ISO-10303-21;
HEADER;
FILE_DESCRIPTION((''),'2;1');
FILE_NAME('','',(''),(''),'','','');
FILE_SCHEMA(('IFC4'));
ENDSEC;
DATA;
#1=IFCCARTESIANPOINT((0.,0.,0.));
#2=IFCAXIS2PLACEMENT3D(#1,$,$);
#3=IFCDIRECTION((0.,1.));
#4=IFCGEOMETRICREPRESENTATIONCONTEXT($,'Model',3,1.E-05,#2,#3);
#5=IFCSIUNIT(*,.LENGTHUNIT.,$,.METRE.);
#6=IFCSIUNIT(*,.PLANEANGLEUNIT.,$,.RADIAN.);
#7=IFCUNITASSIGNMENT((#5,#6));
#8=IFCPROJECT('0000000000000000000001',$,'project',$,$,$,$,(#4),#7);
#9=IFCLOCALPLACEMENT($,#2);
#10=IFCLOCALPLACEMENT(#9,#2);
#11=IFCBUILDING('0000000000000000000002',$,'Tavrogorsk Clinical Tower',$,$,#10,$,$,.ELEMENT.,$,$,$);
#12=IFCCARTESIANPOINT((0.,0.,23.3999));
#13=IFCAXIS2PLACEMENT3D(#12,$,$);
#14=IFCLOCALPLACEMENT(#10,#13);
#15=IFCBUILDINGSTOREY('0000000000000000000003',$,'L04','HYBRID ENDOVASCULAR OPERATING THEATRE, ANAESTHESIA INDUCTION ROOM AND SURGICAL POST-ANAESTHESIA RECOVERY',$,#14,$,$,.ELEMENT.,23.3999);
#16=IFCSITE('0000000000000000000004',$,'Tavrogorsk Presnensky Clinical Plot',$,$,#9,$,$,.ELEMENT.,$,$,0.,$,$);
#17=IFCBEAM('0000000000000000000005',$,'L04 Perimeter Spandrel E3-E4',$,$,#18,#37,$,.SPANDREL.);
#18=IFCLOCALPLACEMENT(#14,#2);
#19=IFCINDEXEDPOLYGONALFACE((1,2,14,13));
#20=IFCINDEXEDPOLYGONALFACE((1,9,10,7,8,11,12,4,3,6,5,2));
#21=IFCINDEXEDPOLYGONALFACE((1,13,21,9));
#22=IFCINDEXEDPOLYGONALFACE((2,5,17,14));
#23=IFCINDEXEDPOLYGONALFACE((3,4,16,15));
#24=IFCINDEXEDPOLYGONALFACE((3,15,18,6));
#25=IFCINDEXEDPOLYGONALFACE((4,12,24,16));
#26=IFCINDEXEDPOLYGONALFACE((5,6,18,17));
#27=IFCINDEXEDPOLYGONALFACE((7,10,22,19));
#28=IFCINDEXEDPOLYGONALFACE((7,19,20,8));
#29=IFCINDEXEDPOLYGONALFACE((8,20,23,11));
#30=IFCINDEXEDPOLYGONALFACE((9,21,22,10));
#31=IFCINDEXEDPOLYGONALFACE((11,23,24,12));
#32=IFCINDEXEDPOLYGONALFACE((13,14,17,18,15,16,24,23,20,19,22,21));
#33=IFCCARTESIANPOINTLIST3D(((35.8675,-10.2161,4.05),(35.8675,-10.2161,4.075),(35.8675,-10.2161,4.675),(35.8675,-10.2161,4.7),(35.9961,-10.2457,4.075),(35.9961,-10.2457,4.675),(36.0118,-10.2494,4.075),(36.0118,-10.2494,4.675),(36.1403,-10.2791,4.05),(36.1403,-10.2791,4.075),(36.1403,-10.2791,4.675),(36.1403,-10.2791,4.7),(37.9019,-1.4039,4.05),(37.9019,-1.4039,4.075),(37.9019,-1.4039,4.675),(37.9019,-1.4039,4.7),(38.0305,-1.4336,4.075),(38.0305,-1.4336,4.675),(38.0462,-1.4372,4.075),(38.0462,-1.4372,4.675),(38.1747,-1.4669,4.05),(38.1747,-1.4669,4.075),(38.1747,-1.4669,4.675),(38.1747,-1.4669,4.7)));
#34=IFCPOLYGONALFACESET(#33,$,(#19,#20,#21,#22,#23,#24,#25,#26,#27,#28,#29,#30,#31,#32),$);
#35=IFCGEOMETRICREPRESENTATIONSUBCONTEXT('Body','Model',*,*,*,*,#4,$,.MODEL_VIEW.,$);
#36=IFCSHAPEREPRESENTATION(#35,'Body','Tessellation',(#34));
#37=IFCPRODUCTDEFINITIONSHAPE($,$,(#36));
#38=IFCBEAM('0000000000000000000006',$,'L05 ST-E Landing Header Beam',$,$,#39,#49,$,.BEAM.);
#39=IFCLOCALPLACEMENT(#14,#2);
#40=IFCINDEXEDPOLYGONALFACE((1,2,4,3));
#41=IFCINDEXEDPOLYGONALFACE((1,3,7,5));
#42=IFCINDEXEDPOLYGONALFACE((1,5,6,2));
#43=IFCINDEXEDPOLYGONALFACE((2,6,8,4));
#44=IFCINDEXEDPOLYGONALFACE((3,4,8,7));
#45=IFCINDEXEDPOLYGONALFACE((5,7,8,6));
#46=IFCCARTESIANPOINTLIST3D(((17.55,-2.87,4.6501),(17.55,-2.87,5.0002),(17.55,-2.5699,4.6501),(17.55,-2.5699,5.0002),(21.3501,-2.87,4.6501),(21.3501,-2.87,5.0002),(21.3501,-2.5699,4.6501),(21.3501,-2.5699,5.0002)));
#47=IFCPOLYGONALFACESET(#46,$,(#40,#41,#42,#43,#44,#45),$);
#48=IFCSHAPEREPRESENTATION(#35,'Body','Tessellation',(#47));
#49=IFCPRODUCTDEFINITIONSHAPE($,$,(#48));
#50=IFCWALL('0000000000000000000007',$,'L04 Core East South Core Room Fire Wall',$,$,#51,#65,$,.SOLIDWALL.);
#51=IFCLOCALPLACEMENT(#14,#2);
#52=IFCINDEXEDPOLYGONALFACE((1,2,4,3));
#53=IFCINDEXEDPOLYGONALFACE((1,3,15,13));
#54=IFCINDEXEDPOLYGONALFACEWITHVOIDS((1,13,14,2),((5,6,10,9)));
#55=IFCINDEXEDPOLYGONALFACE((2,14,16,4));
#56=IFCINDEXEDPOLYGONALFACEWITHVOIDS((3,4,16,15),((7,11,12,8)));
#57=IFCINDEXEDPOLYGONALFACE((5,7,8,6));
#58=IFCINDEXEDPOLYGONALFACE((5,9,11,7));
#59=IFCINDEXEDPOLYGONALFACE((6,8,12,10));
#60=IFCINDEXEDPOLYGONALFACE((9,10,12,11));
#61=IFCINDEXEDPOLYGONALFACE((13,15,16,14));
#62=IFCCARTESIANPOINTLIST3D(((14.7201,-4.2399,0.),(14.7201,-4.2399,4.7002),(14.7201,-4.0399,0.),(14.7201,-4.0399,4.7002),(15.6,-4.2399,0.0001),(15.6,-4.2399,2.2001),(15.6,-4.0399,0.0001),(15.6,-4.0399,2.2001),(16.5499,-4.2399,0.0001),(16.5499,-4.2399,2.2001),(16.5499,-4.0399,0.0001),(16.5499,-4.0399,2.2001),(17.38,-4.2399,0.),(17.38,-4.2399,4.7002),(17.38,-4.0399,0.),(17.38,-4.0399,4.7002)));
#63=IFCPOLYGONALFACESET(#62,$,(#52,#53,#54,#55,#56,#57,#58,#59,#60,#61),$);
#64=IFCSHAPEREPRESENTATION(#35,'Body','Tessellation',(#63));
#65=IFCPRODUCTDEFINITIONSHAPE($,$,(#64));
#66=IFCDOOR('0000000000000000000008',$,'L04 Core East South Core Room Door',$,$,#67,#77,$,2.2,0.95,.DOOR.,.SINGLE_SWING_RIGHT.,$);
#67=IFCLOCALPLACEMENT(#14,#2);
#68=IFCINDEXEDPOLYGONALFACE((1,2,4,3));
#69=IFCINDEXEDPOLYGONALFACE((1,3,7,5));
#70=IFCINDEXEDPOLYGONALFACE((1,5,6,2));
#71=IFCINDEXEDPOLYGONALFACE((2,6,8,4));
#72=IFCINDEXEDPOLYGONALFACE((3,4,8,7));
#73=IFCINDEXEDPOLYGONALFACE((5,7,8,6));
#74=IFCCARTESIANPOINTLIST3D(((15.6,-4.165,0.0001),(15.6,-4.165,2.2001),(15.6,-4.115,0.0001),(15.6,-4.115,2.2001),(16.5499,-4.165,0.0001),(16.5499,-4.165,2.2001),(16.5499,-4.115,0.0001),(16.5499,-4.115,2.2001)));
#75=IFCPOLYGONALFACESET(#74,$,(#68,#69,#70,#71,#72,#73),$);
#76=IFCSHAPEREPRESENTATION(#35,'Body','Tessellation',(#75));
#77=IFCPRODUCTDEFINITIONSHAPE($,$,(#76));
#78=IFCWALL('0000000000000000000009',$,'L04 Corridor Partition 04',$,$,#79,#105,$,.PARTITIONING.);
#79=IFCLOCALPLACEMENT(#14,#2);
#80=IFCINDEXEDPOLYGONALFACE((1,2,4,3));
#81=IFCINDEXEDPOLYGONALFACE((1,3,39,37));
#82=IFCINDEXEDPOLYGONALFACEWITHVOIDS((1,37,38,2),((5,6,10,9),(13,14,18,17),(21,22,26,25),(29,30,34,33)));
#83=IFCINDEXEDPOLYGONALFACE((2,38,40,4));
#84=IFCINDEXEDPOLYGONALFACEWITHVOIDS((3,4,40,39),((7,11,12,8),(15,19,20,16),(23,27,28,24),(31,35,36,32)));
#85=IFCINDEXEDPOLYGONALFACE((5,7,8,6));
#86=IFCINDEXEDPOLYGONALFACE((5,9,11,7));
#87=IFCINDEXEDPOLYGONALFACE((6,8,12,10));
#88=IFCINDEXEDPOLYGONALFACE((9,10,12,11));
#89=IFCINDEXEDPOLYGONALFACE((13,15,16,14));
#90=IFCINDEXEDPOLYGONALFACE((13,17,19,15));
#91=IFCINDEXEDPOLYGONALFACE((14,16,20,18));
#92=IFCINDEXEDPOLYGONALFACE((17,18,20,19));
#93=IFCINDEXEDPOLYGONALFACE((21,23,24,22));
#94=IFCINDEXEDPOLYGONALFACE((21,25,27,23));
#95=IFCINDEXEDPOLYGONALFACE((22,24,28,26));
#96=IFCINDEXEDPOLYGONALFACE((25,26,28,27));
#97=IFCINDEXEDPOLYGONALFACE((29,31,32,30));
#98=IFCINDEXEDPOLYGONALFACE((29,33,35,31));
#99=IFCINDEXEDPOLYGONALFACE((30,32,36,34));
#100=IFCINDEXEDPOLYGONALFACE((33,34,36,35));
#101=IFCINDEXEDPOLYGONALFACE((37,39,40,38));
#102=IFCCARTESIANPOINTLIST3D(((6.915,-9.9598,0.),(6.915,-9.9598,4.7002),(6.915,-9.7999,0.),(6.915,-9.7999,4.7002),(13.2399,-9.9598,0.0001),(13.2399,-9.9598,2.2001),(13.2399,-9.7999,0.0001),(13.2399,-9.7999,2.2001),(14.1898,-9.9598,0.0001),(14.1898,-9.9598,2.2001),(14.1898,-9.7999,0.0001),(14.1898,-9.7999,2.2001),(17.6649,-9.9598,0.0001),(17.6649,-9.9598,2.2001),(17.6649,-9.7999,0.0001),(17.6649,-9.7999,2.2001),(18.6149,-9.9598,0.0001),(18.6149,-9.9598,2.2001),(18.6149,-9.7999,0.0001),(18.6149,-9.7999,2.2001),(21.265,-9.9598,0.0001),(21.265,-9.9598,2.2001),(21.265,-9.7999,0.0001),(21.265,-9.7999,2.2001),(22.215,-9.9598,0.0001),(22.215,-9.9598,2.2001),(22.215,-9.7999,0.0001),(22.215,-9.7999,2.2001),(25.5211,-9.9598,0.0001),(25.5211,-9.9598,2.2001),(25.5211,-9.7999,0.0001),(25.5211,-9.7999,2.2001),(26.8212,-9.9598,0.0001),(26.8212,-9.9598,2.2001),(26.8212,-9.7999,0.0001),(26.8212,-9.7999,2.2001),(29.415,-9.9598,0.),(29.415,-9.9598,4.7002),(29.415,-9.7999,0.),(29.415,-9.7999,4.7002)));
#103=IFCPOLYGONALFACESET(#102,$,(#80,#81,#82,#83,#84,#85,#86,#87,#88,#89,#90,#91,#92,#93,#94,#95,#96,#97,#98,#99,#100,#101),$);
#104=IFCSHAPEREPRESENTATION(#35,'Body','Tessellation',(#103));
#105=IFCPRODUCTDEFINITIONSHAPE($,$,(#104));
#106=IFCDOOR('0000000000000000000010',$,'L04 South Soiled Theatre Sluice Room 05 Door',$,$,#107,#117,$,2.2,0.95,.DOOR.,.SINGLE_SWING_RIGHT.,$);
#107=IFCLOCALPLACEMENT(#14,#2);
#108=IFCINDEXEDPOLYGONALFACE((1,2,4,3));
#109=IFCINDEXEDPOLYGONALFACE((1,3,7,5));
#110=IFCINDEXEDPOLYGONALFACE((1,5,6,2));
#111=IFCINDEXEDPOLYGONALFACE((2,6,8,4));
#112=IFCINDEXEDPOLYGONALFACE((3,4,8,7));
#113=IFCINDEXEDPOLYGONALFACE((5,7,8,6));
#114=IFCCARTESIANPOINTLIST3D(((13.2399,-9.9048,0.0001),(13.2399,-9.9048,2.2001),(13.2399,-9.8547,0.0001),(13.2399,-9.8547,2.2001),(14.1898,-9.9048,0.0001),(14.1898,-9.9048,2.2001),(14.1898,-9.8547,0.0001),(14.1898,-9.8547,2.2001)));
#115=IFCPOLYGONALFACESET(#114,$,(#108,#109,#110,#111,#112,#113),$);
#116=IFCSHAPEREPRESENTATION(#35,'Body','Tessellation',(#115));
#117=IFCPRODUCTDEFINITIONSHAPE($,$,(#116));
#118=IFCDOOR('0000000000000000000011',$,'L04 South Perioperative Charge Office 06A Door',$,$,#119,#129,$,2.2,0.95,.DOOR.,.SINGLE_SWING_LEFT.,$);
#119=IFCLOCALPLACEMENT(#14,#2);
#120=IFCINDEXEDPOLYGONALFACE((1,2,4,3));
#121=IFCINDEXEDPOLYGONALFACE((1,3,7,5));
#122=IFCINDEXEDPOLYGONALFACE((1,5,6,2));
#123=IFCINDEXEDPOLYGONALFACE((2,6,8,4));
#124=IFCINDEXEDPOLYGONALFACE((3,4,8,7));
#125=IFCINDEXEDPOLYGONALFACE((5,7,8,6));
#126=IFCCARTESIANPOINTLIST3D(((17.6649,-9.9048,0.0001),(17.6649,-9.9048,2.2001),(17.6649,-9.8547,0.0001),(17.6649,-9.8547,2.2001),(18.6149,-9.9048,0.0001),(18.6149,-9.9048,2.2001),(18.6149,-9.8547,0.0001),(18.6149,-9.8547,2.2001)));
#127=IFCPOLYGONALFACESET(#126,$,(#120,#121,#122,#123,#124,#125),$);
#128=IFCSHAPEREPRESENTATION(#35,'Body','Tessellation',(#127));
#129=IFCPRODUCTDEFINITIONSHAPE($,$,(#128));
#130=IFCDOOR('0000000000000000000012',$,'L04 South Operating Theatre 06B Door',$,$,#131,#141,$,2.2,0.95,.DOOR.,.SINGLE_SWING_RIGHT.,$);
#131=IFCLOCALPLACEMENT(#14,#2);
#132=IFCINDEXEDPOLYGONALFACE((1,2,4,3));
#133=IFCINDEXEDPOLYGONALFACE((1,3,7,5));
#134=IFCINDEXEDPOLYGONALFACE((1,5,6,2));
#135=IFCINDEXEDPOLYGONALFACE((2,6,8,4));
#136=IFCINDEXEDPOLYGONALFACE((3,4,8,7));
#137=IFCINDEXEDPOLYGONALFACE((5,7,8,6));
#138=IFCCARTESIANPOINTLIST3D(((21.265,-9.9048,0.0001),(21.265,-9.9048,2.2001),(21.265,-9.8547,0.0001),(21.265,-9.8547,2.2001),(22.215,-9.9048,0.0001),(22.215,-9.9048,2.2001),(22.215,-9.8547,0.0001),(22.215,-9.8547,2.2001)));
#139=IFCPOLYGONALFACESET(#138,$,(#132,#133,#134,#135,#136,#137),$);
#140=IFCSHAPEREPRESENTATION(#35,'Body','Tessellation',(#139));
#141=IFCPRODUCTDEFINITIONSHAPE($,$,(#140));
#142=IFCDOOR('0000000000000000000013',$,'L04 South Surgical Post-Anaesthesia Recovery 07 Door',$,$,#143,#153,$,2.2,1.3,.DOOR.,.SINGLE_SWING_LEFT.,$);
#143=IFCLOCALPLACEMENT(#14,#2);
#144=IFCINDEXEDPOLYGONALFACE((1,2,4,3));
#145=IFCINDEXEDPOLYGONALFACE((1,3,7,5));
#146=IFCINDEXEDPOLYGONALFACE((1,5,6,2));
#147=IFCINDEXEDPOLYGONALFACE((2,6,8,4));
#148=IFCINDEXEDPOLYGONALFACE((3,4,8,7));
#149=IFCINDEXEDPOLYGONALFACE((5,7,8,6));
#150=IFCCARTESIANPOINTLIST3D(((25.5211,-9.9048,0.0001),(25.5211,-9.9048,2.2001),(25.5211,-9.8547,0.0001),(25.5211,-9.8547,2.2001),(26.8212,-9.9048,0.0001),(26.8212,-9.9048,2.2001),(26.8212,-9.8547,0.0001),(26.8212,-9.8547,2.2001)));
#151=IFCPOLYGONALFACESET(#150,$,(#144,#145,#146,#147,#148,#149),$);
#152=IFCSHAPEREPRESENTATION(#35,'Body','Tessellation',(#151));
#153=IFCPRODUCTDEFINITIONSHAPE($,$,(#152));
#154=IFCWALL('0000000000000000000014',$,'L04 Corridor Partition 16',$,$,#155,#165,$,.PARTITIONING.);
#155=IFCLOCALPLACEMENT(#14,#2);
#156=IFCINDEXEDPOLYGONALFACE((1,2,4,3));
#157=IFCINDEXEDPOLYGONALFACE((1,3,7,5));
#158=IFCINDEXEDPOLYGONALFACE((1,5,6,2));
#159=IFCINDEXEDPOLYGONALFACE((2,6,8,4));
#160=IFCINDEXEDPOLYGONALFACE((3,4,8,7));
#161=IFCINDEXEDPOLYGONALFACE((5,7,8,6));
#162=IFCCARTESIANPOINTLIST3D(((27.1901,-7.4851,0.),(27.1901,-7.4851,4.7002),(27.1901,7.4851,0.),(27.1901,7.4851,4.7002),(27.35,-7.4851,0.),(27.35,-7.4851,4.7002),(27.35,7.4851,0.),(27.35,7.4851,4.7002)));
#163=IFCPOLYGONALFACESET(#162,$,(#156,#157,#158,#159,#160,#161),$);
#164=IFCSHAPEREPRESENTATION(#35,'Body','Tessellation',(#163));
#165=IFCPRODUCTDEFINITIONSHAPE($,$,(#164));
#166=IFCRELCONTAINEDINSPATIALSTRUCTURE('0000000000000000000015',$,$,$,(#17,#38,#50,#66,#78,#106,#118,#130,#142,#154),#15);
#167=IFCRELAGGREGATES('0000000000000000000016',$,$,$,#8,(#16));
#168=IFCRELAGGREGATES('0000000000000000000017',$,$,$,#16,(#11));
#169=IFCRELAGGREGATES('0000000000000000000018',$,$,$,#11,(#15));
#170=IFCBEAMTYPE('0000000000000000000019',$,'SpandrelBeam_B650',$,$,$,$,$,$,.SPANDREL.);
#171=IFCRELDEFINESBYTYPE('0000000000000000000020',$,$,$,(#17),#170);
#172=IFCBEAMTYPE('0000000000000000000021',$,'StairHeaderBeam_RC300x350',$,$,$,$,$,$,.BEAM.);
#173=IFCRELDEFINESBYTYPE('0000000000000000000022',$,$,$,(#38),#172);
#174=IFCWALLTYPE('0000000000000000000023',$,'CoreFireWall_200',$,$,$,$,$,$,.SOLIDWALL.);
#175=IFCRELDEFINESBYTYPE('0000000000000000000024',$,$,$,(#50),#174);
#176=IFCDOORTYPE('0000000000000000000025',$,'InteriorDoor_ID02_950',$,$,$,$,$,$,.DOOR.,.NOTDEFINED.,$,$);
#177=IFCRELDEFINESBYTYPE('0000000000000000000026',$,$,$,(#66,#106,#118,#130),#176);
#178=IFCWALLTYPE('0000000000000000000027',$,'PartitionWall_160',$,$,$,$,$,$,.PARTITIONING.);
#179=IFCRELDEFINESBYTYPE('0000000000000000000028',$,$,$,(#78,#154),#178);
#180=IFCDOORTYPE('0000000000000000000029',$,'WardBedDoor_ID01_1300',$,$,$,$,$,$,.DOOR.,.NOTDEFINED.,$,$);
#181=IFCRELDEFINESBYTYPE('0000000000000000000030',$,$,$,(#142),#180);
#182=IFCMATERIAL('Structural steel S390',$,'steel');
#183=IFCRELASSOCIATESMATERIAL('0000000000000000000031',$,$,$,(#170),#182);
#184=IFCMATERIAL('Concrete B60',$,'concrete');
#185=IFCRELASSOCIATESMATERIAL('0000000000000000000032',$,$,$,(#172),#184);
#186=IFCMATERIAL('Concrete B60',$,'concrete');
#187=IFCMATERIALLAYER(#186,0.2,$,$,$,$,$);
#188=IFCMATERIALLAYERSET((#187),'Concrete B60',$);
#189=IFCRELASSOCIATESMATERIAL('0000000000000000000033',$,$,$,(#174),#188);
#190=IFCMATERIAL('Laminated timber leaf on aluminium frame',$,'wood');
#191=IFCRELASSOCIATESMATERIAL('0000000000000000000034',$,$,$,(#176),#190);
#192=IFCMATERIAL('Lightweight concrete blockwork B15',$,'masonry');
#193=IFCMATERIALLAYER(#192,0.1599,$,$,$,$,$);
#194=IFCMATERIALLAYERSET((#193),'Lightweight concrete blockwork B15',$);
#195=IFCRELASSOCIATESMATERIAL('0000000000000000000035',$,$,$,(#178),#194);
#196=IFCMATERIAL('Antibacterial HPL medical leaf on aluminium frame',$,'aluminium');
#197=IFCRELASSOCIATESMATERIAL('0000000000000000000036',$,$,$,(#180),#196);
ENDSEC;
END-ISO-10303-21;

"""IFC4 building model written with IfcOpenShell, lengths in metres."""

from ifc_helpers import new_model, si_unit, direction, frame, frame_2d, origin, origin_2d, place, context, subcontext, project, spatial, rectangle, i_section, extrude, material, layer, layer_set, material_profile, profile_set, type_object, element, fill, save


model = new_model("IFC4")

# Units and contexts
model_context = context("Model", 3, precision=1e-05, world=origin(), true_north=direction((0.0, 1.0)))
body_context = subcontext(model_context, "Body", "Model", "MODEL_VIEW")
ifc_project = project(units=[si_unit("LENGTHUNIT", "METRE"), si_unit("PLANEANGLEUNIT", "RADIAN")], contexts=[model_context])

# Site, building, storey
site_placement = place(None, origin())
site = spatial("IfcSite", under=ifc_project, at=site_placement, Name="Tavrogorsk Presnensky Clinical Plot", CompositionType="ELEMENT", RefElevation=0.0)
building_placement = place(site_placement, origin())
building = spatial("IfcBuilding", under=site, at=building_placement, Name="Tavrogorsk Clinical Tower", CompositionType="ELEMENT")
storey_placement = place(building_placement, frame((0.0, 0.0, 23.3999)))
storey = spatial("IfcBuildingStorey", under=building, at=storey_placement, Name="L04", Description="HYBRID ENDOVASCULAR OPERATING THEATRE, ANAESTHESIA INDUCTION ROOM AND SURGICAL POST-ANAESTHESIA RECOVERY", CompositionType="ELEMENT", Elevation=23.3999)

# Beams
ifc_material_1 = material(Name="Structural steel S390", Category="steel")
ifc_material_profile_1 = material_profile(ifc_material_1, i_section(OverallWidth=0.28, OverallDepth=0.6499, WebThickness=0.0161, FlangeThickness=0.0249, at=origin_2d()), Name="B-650x280x16x25")
ifc_profile_set_1 = profile_set([ifc_material_profile_1], Name="Structural steel S390")
beam_type_1 = type_object("IfcBeamType", Name="SpandrelBeam_B650", PredefinedType="SPANDREL", material=ifc_profile_set_1)
beam_1_placement = place(storey_placement, frame((36.0039, -10.2476, 4.375), z_axis=(0.224946, 0.974371, 0.0), x_axis=(-0.974371, 0.224946, 0.0)))
element("IfcBeam", 1, at=beam_1_placement, inside=storey, type_object=beam_type_1, Name="L04 Perimeter Spandrel E3-E4", PredefinedType="SPANDREL", context=body_context, shape_type="SweptSolid", body=[
    extrude(i_section(OverallWidth=0.28, OverallDepth=0.6499, WebThickness=0.0161, FlangeThickness=0.0249, at=origin_2d()), origin(), (0.0, 0.0, 1.0), 9.0439),
])
ifc_material_2 = material(Name="Concrete B60", Category="concrete")
ifc_material_profile_2 = material_profile(ifc_material_2, rectangle(XDim=0.3, YDim=0.3501, at=origin_2d()), Name="RC-SHB-300x350")
ifc_profile_set_2 = profile_set([ifc_material_profile_2], Name="Concrete B60")
beam_type_2 = type_object("IfcBeamType", Name="StairHeaderBeam_RC300x350", PredefinedType="BEAM", material=ifc_profile_set_2)
beam_2_placement = place(storey_placement, frame((17.55, -2.72, 4.8252), z_axis=(1.0, 0.0, 0.0), x_axis=(0.0, 1.0, 0.0)))
element("IfcBeam", 2, at=beam_2_placement, inside=storey, type_object=beam_type_2, Name="L05 ST-E Landing Header Beam", PredefinedType="BEAM", context=body_context, shape_type="SweptSolid", body=[
    extrude(rectangle(XDim=0.3, YDim=0.3501, at=origin_2d()), origin(), (0.0, 0.0, 1.0), 3.8),
])

# Wall, opening, door
ifc_material_3 = material(Name="Concrete B60", Category="concrete")
ifc_layer_1 = layer(ifc_material_3, 0.2)
ifc_layer_set_1 = layer_set([ifc_layer_1], Name="Concrete B60")
wall_type_1 = type_object("IfcWallType", Name="CoreFireWall_200", PredefinedType="SOLIDWALL", material=ifc_layer_set_1)
wall_1_placement = place(storey_placement, frame((14.72, -4.1399, 0.0), z_axis=(0.0, 0.0, 1.0), x_axis=(1.0, 0.0, 0.0)))
wall_1 = element("IfcWall", 3, at=wall_1_placement, inside=storey, type_object=wall_type_1, Name="L04 Core East South Core Room Fire Wall", PredefinedType="SOLIDWALL", context=body_context, shape_type="SweptSolid", body=[
    extrude(rectangle(XDim=2.6599, YDim=0.2, at=frame_2d((1.3301, 0.0))), origin(), (0.0, 0.0, 1.0), 4.7002),
])
opening_1_placement = place(wall_1_placement, frame((0.8799, 0.0, 0.0)))
opening_1 = element("IfcOpeningElement", 4, at=opening_1_placement, cuts=wall_1, PredefinedType="OPENING", context=body_context, shape_type="SweptSolid", body=[
    extrude(rectangle(XDim=0.95, YDim=2.2, at=frame_2d((0.4751, 1.1001))), frame((0.0, 0.1099, 0.0), z_axis=(0.0, -1.0, 0.0), x_axis=(1.0, 0.0, 0.0)), (0.0, 0.0, 1.0), 0.22),
])
ifc_material_4 = material(Name="Laminated timber leaf on aluminium frame", Category="wood")
door_type_1 = type_object("IfcDoorType", Name="InteriorDoor_ID02_950", OperationType="NOTDEFINED", PredefinedType="DOOR", material=ifc_material_4)
door_1_placement = place(opening_1_placement, origin())
door_1 = element("IfcDoor", 5, at=door_1_placement, inside=storey, type_object=door_type_1, Name="L04 Core East South Core Room Door", OperationType="SINGLE_SWING_RIGHT", OverallHeight=2.2, OverallWidth=0.95, PredefinedType="DOOR", context=body_context, shape_type="SweptSolid", body=[
    extrude(rectangle(XDim=0.95, YDim=2.2, at=frame_2d((0.4751, 1.1001))), frame((0.0, 0.0249, 0.0), z_axis=(0.0, -1.0, 0.0), x_axis=(1.0, 0.0, 0.0)), (0.0, 0.0, 1.0), 0.05),
])
fill(opening_1, door_1)

# Wall, openings, doors
ifc_material_5 = material(Name="Lightweight concrete blockwork B15", Category="masonry")
ifc_layer_2 = layer(ifc_material_5, 0.1599)
ifc_layer_set_2 = layer_set([ifc_layer_2], Name="Lightweight concrete blockwork B15")
wall_type_2 = type_object("IfcWallType", Name="PartitionWall_160", PredefinedType="PARTITIONING", material=ifc_layer_set_2)
wall_2_placement = place(storey_placement, frame((29.415, -9.8799, 0.0), z_axis=(0.0, 0.0, 1.0), x_axis=(-1.0, 0.0, 0.0)))
wall_2 = element("IfcWall", 6, at=wall_2_placement, inside=storey, type_object=wall_type_2, Name="L04 Corridor Partition 04", PredefinedType="PARTITIONING", context=body_context, shape_type="SweptSolid", body=[
    extrude(rectangle(XDim=22.5, YDim=0.1599, at=frame_2d((11.25, 0.0))), origin(), (0.0, 0.0, 1.0), 4.7002),
])
opening_2_placement = place(wall_2_placement, frame((15.2251, 0.0, 0.0)))
opening_2 = element("IfcOpeningElement", 7, at=opening_2_placement, cuts=wall_2, PredefinedType="OPENING", context=body_context, shape_type="SweptSolid", body=[
    extrude(rectangle(XDim=0.95, YDim=2.2, at=frame_2d((0.4751, 1.1001))), frame((0.0, 0.0898, 0.0), z_axis=(0.0, -1.0, 0.0), x_axis=(1.0, 0.0, 0.0)), (0.0, 0.0, 1.0), 0.1799),
])
opening_3_placement = place(wall_2_placement, frame((10.8, 0.0, 0.0)))
opening_3 = element("IfcOpeningElement", 8, at=opening_3_placement, cuts=wall_2, PredefinedType="OPENING", context=body_context, shape_type="SweptSolid", body=[
    extrude(rectangle(XDim=0.95, YDim=2.2, at=frame_2d((0.4751, 1.1001))), frame((0.0, 0.0898, 0.0), z_axis=(0.0, -1.0, 0.0), x_axis=(1.0, 0.0, 0.0)), (0.0, 0.0, 1.0), 0.1799),
])
opening_4_placement = place(wall_2_placement, frame((7.2, 0.0, 0.0)))
opening_4 = element("IfcOpeningElement", 9, at=opening_4_placement, cuts=wall_2, PredefinedType="OPENING", context=body_context, shape_type="SweptSolid", body=[
    extrude(rectangle(XDim=0.95, YDim=2.2, at=frame_2d((0.4751, 1.1001))), frame((0.0, 0.0898, 0.0), z_axis=(0.0, -1.0, 0.0), x_axis=(1.0, 0.0, 0.0)), (0.0, 0.0, 1.0), 0.1799),
])
opening_5_placement = place(wall_2_placement, frame((2.594, 0.0, 0.0)))
opening_5 = element("IfcOpeningElement", 10, at=opening_5_placement, cuts=wall_2, PredefinedType="OPENING", context=body_context, shape_type="SweptSolid", body=[
    extrude(rectangle(XDim=1.3, YDim=2.2, at=frame_2d((0.6499, 1.1001))), frame((0.0, 0.0898, 0.0), z_axis=(0.0, -1.0, 0.0), x_axis=(1.0, 0.0, 0.0)), (0.0, 0.0, 1.0), 0.1799),
])
door_2_placement = place(opening_2_placement, origin())
door_2 = element("IfcDoor", 11, at=door_2_placement, inside=storey, type_object=door_type_1, Name="L04 South Soiled Theatre Sluice Room 05 Door", OperationType="SINGLE_SWING_RIGHT", OverallHeight=2.2, OverallWidth=0.95, PredefinedType="DOOR", context=body_context, shape_type="SweptSolid", body=[
    extrude(rectangle(XDim=0.95, YDim=2.2, at=frame_2d((0.4751, 1.1001))), frame((0.0, 0.0249, 0.0), z_axis=(0.0, -1.0, 0.0), x_axis=(1.0, 0.0, 0.0)), (0.0, 0.0, 1.0), 0.05),
])
fill(opening_2, door_2)
door_3_placement = place(opening_3_placement, origin())
door_3 = element("IfcDoor", 12, at=door_3_placement, inside=storey, type_object=door_type_1, Name="L04 South Perioperative Charge Office 06A Door", OperationType="SINGLE_SWING_LEFT", OverallHeight=2.2, OverallWidth=0.95, PredefinedType="DOOR", context=body_context, shape_type="SweptSolid", body=[
    extrude(rectangle(XDim=0.95, YDim=2.2, at=frame_2d((0.4751, 1.1001))), frame((0.0, 0.0249, 0.0), z_axis=(0.0, -1.0, 0.0), x_axis=(1.0, 0.0, 0.0)), (0.0, 0.0, 1.0), 0.05),
])
fill(opening_3, door_3)
door_4_placement = place(opening_4_placement, origin())
door_4 = element("IfcDoor", 13, at=door_4_placement, inside=storey, type_object=door_type_1, Name="L04 South Operating Theatre 06B Door", OperationType="SINGLE_SWING_RIGHT", OverallHeight=2.2, OverallWidth=0.95, PredefinedType="DOOR", context=body_context, shape_type="SweptSolid", body=[
    extrude(rectangle(XDim=0.95, YDim=2.2, at=frame_2d((0.4751, 1.1001))), frame((0.0, 0.0249, 0.0), z_axis=(0.0, -1.0, 0.0), x_axis=(1.0, 0.0, 0.0)), (0.0, 0.0, 1.0), 0.05),
])
fill(opening_4, door_4)
ifc_material_6 = material(Name="Antibacterial HPL medical leaf on aluminium frame", Category="aluminium")
door_type_2 = type_object("IfcDoorType", Name="WardBedDoor_ID01_1300", OperationType="NOTDEFINED", PredefinedType="DOOR", material=ifc_material_6)
door_5_placement = place(opening_5_placement, origin())
door_5 = element("IfcDoor", 14, at=door_5_placement, inside=storey, type_object=door_type_2, Name="L04 South Surgical Post-Anaesthesia Recovery 07 Door", OperationType="SINGLE_SWING_LEFT", OverallHeight=2.2, OverallWidth=1.3, PredefinedType="DOOR", context=body_context, shape_type="SweptSolid", body=[
    extrude(rectangle(XDim=1.3, YDim=2.2, at=frame_2d((0.6499, 1.1001))), frame((0.0, 0.0249, 0.0), z_axis=(0.0, -1.0, 0.0), x_axis=(1.0, 0.0, 0.0)), (0.0, 0.0, 1.0), 0.05),
])
fill(opening_5, door_5)

# Wall
wall_3_placement = place(storey_placement, frame((27.27, -7.4851, 0.0), z_axis=(0.0, 0.0, 1.0), x_axis=(0.0, 1.0, 0.0)))
element("IfcWall", 15, at=wall_3_placement, inside=storey, type_object=wall_type_2, Name="L04 Corridor Partition 16", PredefinedType="PARTITIONING", context=body_context, shape_type="SweptSolid", body=[
    extrude(rectangle(XDim=14.9702, YDim=0.1599, at=frame_2d((7.4851, 0.0))), origin(), (0.0, 0.0, 1.0), 4.7002),
])

save(model, "model.ifc")
